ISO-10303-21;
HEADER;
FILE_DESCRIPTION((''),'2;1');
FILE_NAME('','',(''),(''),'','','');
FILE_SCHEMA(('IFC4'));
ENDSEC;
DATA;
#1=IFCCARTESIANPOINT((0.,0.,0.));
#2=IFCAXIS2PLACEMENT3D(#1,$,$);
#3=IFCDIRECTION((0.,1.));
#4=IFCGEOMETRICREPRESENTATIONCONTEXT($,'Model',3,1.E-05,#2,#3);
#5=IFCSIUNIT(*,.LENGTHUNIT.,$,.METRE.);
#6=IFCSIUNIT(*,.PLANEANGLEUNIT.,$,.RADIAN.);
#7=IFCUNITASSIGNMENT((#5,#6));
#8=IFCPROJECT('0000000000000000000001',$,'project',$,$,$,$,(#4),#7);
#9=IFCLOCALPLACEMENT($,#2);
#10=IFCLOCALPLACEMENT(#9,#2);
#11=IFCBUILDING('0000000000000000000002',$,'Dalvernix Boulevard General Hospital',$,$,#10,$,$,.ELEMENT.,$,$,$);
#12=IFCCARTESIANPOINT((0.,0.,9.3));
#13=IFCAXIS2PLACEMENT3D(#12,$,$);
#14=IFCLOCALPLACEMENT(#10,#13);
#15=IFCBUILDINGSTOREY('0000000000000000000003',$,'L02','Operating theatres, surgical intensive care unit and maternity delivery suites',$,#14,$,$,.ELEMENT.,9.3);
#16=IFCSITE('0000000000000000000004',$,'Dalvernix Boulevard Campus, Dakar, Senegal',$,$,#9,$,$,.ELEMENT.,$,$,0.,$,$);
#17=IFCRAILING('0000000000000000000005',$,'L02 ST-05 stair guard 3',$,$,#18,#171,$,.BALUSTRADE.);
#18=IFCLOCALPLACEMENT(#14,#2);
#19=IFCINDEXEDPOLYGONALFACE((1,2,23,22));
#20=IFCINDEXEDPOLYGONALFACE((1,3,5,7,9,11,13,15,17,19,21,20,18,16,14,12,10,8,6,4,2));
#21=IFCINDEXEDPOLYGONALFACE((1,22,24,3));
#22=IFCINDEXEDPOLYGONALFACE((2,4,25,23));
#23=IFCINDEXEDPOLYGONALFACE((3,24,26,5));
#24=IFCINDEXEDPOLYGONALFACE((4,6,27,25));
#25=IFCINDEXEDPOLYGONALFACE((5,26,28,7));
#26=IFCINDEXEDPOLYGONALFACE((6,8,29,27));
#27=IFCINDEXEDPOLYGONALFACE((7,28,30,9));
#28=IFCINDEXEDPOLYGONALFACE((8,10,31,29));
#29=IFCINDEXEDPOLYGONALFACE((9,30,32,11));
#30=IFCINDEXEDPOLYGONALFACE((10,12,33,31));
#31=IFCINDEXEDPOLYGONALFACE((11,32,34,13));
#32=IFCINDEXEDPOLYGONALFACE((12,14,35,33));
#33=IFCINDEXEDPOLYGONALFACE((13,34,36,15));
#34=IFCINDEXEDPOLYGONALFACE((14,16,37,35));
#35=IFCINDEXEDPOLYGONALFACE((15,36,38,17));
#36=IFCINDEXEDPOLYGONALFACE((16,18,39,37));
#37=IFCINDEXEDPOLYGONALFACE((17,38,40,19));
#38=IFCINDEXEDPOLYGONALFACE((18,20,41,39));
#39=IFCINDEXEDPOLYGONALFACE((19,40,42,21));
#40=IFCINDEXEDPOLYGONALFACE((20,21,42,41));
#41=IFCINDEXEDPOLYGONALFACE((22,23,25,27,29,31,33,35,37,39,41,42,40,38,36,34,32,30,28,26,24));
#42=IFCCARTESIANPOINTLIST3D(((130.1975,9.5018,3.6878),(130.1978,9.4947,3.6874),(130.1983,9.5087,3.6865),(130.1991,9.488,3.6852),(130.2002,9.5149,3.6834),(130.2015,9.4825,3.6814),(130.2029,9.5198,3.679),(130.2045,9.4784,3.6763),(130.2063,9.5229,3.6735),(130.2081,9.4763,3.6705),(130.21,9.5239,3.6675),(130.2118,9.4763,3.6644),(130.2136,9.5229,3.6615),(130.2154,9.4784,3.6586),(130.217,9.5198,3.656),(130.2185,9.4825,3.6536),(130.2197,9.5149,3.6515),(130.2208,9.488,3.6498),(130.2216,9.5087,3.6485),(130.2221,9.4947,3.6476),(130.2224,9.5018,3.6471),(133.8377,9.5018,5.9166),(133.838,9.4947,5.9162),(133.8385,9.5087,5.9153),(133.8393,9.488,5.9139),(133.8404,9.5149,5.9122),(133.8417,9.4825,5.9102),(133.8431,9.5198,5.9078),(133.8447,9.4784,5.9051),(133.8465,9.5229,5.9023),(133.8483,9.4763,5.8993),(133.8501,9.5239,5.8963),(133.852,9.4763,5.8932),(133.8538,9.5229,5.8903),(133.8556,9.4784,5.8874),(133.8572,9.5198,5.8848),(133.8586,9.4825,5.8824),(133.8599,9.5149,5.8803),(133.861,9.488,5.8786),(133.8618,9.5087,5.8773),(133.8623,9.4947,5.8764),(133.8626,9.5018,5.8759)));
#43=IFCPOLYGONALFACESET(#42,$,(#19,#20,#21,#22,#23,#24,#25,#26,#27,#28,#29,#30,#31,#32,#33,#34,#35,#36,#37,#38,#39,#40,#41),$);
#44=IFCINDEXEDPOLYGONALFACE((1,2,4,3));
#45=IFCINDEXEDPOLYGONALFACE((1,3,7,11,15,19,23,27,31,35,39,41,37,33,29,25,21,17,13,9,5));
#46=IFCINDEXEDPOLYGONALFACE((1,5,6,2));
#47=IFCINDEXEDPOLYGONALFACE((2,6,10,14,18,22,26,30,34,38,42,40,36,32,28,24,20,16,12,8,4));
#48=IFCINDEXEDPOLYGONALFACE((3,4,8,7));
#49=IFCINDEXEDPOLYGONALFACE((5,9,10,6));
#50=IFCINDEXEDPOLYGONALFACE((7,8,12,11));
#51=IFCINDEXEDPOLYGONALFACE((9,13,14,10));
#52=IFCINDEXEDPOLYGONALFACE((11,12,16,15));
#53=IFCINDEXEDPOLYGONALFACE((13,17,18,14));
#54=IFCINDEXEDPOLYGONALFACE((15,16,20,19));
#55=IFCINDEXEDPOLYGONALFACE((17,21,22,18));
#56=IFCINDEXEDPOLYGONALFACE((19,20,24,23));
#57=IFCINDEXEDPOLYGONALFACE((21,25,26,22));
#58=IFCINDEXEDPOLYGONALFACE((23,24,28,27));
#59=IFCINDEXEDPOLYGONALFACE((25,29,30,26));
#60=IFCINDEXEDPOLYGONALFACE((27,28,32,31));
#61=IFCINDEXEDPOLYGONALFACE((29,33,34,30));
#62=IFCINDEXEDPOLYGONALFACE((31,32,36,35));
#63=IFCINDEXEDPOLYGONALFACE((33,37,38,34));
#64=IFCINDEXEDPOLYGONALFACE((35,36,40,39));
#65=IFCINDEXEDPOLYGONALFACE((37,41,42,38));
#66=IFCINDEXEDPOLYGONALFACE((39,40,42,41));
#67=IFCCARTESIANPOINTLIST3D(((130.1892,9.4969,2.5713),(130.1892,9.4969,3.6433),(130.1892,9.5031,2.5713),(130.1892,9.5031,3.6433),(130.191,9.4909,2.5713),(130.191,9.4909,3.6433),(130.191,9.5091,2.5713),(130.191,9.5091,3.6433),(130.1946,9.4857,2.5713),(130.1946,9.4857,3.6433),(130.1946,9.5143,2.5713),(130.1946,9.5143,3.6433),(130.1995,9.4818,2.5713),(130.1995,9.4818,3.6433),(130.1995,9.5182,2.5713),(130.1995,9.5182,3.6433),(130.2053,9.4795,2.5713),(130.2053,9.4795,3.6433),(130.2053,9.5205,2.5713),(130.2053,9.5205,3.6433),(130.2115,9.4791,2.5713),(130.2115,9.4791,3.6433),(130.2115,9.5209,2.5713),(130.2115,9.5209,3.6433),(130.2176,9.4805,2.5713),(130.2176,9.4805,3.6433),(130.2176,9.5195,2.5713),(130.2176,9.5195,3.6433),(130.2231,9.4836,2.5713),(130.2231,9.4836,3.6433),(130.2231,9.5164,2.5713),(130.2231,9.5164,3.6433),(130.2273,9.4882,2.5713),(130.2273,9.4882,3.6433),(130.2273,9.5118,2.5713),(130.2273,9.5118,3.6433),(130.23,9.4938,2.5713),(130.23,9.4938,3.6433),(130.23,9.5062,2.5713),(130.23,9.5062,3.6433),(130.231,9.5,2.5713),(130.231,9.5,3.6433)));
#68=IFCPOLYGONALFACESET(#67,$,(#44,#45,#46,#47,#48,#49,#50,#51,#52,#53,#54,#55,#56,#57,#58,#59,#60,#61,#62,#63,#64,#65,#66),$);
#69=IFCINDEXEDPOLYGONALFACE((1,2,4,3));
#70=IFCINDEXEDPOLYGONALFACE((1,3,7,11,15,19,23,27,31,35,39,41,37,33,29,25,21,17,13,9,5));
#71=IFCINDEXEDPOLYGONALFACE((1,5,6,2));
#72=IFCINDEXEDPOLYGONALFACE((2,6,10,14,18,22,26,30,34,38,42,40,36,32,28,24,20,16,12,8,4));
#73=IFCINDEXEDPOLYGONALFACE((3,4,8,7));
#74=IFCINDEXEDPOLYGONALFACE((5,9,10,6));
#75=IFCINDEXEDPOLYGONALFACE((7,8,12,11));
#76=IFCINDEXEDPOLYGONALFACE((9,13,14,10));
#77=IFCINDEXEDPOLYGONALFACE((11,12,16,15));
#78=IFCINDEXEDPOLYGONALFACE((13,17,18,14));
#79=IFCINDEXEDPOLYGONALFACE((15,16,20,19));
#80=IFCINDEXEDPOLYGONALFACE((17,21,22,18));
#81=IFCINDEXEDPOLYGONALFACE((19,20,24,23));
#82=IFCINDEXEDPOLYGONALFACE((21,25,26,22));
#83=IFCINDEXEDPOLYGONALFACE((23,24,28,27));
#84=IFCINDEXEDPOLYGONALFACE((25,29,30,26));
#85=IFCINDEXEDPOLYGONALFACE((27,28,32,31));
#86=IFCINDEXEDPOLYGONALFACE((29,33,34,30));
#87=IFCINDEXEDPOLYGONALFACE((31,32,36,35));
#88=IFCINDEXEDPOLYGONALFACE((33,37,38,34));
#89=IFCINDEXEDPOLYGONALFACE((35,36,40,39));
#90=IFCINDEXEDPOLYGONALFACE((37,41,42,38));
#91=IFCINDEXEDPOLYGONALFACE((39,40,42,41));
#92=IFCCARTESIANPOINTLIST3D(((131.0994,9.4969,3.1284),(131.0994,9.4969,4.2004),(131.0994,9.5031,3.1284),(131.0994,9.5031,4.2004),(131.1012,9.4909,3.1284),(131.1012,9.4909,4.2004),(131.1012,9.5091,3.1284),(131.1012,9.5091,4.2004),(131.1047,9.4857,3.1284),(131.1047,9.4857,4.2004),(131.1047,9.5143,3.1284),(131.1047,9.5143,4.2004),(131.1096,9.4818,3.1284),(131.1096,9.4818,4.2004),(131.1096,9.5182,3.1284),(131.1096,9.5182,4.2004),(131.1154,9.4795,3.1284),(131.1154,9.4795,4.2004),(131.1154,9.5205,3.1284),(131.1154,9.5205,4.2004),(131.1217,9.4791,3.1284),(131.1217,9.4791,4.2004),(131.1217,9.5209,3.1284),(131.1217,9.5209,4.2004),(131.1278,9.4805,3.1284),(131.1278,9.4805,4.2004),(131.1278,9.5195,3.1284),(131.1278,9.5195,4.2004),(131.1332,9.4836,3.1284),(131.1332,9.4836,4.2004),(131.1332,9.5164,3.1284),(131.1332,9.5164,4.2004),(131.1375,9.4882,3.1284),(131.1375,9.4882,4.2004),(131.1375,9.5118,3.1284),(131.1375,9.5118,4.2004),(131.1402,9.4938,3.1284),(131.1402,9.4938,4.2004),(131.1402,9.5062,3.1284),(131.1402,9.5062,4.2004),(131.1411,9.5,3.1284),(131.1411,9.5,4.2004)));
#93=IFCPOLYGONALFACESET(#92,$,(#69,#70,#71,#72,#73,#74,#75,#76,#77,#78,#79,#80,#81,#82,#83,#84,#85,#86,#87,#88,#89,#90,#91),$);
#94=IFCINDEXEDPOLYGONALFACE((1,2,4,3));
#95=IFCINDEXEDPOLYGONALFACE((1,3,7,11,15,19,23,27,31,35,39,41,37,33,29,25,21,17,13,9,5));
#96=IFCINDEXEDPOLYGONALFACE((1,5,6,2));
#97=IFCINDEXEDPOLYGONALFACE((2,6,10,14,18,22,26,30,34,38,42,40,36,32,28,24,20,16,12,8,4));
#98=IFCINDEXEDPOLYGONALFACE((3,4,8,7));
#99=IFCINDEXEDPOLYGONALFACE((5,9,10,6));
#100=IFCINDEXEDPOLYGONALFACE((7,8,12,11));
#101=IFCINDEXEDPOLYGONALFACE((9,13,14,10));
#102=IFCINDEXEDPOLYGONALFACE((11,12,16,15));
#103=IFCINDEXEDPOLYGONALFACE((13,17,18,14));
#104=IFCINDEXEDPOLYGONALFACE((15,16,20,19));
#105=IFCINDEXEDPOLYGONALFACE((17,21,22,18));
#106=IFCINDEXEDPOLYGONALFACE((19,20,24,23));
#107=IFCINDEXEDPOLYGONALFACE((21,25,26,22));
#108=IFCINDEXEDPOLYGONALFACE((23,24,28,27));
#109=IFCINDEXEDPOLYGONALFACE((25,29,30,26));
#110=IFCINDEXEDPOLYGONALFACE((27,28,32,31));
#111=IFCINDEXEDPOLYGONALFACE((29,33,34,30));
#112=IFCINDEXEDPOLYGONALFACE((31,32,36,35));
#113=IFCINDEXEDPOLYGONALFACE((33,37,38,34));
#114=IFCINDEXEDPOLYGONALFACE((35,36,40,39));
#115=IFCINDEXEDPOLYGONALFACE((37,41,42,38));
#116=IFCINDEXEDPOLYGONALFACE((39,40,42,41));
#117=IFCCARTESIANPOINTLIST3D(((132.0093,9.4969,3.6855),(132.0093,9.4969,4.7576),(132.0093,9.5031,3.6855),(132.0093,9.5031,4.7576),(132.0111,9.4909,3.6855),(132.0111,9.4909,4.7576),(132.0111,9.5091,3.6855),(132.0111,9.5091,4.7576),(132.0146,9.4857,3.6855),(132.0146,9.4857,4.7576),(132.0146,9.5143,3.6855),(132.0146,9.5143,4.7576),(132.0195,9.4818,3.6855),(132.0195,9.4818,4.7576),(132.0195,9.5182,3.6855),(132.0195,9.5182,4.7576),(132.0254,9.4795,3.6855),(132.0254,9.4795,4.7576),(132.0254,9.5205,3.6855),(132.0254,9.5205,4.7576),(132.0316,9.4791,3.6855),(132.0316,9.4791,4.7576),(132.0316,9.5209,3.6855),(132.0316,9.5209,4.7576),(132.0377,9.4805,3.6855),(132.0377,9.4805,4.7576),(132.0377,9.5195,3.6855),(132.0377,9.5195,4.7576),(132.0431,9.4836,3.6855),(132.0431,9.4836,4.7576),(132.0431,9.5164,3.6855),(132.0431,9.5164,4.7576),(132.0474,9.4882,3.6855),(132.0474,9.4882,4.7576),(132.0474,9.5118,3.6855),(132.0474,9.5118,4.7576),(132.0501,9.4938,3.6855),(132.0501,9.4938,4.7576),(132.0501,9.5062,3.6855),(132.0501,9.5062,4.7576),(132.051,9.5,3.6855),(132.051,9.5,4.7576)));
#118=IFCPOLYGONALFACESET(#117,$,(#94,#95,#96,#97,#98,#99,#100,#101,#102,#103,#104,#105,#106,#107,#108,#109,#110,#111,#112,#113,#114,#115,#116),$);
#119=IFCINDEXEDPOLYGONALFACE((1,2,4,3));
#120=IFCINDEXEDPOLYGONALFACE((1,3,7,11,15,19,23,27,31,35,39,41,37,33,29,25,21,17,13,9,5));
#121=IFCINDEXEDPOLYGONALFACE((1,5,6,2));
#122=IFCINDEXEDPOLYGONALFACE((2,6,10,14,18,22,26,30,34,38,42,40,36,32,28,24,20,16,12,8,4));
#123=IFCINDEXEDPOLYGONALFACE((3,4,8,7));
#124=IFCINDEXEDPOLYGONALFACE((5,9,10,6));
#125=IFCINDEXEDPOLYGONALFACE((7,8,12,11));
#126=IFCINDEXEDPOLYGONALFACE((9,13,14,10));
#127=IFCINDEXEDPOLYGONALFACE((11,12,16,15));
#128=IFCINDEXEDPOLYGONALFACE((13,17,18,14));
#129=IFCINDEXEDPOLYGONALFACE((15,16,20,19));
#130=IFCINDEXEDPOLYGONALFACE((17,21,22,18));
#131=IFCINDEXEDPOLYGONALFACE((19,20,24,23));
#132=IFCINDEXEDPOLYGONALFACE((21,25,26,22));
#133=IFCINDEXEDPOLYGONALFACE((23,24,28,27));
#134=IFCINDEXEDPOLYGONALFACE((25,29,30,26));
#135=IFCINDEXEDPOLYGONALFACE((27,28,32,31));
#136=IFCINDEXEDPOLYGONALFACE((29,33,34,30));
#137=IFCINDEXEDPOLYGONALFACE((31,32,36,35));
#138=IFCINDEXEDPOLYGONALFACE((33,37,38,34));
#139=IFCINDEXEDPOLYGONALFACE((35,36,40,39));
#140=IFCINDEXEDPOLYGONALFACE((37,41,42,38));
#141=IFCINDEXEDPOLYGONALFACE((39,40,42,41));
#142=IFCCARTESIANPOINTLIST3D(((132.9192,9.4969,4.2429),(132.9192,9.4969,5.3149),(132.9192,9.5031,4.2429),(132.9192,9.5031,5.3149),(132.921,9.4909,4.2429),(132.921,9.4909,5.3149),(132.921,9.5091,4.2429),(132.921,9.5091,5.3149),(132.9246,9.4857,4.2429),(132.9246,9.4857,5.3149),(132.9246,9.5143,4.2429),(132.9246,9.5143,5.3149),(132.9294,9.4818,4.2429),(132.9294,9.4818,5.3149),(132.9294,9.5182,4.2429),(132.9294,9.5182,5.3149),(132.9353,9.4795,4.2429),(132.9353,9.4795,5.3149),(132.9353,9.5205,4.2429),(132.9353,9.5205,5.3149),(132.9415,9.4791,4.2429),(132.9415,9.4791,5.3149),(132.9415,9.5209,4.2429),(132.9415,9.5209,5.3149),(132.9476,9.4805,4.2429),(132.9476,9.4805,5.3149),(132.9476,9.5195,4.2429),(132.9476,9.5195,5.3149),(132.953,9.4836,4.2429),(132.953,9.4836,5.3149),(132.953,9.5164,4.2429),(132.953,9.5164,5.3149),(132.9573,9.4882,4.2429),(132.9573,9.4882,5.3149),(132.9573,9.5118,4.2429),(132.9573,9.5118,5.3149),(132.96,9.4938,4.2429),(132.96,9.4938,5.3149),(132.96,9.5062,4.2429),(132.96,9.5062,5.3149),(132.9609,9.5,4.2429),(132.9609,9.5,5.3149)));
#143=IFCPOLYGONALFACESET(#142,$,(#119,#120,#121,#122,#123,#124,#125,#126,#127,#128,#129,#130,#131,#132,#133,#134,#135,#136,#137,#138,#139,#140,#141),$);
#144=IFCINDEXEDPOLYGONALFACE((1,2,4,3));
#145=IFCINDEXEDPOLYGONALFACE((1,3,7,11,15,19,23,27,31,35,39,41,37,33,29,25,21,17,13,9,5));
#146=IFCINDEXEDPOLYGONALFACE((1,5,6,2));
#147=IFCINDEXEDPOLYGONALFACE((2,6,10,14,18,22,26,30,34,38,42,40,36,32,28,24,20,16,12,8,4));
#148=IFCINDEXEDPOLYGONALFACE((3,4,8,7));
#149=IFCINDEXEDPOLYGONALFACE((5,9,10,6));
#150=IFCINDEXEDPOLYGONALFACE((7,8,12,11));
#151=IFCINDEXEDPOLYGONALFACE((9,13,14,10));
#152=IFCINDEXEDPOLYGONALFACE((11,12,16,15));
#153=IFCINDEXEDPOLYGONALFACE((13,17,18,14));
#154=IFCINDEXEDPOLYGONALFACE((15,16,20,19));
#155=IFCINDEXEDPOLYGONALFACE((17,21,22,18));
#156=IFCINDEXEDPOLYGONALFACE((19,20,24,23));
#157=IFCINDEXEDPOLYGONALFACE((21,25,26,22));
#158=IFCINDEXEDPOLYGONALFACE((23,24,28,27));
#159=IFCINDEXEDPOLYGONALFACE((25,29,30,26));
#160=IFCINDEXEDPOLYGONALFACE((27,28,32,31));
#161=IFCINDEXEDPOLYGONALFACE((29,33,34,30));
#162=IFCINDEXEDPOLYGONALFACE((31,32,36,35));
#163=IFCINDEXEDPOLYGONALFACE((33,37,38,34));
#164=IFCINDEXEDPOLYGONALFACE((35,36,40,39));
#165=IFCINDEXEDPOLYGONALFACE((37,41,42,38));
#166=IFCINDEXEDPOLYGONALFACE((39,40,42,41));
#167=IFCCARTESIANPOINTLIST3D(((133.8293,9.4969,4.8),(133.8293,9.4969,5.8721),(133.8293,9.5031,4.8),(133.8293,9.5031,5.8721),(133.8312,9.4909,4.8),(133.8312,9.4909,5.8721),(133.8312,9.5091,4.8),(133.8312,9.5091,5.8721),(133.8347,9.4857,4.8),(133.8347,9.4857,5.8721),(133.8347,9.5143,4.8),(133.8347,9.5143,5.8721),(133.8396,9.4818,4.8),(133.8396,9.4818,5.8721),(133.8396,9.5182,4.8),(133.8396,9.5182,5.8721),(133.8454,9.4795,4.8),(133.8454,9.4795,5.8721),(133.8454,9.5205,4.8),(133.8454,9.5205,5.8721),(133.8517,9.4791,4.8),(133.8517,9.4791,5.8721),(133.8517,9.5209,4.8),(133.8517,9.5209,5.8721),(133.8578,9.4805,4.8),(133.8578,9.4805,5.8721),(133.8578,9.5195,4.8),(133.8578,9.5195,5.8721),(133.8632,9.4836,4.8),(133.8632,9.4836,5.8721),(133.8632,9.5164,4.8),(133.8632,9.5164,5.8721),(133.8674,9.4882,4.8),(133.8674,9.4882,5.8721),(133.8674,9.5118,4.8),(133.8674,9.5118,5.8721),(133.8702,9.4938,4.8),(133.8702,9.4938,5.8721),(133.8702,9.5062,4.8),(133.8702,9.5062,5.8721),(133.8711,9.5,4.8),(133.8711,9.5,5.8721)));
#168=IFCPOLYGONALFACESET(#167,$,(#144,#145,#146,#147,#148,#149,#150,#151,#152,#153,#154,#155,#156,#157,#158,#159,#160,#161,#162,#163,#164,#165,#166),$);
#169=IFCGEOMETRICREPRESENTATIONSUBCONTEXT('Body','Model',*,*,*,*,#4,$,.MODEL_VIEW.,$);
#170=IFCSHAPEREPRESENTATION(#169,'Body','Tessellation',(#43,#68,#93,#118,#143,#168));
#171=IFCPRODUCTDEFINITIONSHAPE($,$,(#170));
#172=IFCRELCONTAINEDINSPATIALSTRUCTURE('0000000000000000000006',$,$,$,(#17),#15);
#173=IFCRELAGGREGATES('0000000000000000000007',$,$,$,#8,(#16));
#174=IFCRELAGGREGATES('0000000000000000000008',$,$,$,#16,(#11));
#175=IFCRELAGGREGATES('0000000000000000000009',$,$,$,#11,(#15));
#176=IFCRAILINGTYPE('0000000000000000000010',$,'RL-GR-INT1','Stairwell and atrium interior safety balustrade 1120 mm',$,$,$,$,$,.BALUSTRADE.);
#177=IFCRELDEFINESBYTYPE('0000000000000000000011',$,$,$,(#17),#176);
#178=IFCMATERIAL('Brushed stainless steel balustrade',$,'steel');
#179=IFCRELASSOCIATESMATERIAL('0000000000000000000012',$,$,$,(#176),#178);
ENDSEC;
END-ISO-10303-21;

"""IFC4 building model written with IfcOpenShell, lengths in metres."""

from ifc_helpers import new_model, si_unit, direction, frame, origin, origin_2d, place, context, subcontext, project, spatial, circle, extrude, material, type_object, element, save


model = new_model("IFC4")

# Units and contexts
model_context = context("Model", 3, precision=1e-05, world=origin(), true_north=direction((0.0, 1.0)))
body_context = subcontext(model_context, "Body", "Model", "MODEL_VIEW")
ifc_project = project(units=[si_unit("LENGTHUNIT", "METRE"), si_unit("PLANEANGLEUNIT", "RADIAN")], contexts=[model_context])

# Site, building, storey
site_placement = place(None, origin())
site = spatial("IfcSite", under=ifc_project, at=site_placement, Name="Dalvernix Boulevard Campus, Dakar, Senegal", CompositionType="ELEMENT", RefElevation=0.0)
building_placement = place(site_placement, origin())
building = spatial("IfcBuilding", under=site, at=building_placement, Name="Dalvernix Boulevard General Hospital", CompositionType="ELEMENT")
storey_placement = place(building_placement, frame((0.0, 0.0, 9.3)))
storey = spatial("IfcBuildingStorey", under=building, at=storey_placement, Name="L02", Description="Operating theatres, surgical intensive care unit and maternity delivery suites", CompositionType="ELEMENT", Elevation=9.3)

# Railing
ifc_material_1 = material(Name="Brushed stainless steel balustrade", Category="steel")
railing_type_1 = type_object("IfcRailingType", Name="RL-GR-INT1", Description="Stairwell and atrium interior safety balustrade 1120 mm", PredefinedType="BALUSTRADE", material=ifc_material_1)
railing_1_placement = place(storey_placement, frame((130.21, 9.5, 2.5713)))
element("IfcRailing", 1, at=railing_1_placement, inside=storey, type_object=railing_type_1, Name="L02 ST-05 stair guard 3", PredefinedType="BALUSTRADE", context=body_context, shape_type="SweptSolid", body=[
    extrude(circle(Radius=0.0239, at=origin_2d()), frame((0.0, 0.0, 1.0962), z_axis=(0.85284, 0.0, 0.522172), x_axis=(0.0, 1.0, 0.0)), (0.0, 0.0, 1.0), 4.2683),
    extrude(circle(Radius=0.021, at=origin_2d()), origin(), (0.0, 0.0, 1.0), 1.072),
    extrude(circle(Radius=0.021, at=origin_2d()), frame((0.9102, 0.0, 0.5571)), (0.0, 0.0, 1.0), 1.072),
    extrude(circle(Radius=0.021, at=origin_2d()), frame((1.8201, 0.0, 1.1143)), (0.0, 0.0, 1.0), 1.072),
    extrude(circle(Radius=0.021, at=origin_2d()), frame((2.73, 0.0, 1.6716)), (0.0, 0.0, 1.0), 1.072),
    extrude(circle(Radius=0.021, at=origin_2d()), frame((3.6401, 0.0, 2.2288)), (0.0, 0.0, 1.0), 1.072),
])

save(model, "model.ifc")
